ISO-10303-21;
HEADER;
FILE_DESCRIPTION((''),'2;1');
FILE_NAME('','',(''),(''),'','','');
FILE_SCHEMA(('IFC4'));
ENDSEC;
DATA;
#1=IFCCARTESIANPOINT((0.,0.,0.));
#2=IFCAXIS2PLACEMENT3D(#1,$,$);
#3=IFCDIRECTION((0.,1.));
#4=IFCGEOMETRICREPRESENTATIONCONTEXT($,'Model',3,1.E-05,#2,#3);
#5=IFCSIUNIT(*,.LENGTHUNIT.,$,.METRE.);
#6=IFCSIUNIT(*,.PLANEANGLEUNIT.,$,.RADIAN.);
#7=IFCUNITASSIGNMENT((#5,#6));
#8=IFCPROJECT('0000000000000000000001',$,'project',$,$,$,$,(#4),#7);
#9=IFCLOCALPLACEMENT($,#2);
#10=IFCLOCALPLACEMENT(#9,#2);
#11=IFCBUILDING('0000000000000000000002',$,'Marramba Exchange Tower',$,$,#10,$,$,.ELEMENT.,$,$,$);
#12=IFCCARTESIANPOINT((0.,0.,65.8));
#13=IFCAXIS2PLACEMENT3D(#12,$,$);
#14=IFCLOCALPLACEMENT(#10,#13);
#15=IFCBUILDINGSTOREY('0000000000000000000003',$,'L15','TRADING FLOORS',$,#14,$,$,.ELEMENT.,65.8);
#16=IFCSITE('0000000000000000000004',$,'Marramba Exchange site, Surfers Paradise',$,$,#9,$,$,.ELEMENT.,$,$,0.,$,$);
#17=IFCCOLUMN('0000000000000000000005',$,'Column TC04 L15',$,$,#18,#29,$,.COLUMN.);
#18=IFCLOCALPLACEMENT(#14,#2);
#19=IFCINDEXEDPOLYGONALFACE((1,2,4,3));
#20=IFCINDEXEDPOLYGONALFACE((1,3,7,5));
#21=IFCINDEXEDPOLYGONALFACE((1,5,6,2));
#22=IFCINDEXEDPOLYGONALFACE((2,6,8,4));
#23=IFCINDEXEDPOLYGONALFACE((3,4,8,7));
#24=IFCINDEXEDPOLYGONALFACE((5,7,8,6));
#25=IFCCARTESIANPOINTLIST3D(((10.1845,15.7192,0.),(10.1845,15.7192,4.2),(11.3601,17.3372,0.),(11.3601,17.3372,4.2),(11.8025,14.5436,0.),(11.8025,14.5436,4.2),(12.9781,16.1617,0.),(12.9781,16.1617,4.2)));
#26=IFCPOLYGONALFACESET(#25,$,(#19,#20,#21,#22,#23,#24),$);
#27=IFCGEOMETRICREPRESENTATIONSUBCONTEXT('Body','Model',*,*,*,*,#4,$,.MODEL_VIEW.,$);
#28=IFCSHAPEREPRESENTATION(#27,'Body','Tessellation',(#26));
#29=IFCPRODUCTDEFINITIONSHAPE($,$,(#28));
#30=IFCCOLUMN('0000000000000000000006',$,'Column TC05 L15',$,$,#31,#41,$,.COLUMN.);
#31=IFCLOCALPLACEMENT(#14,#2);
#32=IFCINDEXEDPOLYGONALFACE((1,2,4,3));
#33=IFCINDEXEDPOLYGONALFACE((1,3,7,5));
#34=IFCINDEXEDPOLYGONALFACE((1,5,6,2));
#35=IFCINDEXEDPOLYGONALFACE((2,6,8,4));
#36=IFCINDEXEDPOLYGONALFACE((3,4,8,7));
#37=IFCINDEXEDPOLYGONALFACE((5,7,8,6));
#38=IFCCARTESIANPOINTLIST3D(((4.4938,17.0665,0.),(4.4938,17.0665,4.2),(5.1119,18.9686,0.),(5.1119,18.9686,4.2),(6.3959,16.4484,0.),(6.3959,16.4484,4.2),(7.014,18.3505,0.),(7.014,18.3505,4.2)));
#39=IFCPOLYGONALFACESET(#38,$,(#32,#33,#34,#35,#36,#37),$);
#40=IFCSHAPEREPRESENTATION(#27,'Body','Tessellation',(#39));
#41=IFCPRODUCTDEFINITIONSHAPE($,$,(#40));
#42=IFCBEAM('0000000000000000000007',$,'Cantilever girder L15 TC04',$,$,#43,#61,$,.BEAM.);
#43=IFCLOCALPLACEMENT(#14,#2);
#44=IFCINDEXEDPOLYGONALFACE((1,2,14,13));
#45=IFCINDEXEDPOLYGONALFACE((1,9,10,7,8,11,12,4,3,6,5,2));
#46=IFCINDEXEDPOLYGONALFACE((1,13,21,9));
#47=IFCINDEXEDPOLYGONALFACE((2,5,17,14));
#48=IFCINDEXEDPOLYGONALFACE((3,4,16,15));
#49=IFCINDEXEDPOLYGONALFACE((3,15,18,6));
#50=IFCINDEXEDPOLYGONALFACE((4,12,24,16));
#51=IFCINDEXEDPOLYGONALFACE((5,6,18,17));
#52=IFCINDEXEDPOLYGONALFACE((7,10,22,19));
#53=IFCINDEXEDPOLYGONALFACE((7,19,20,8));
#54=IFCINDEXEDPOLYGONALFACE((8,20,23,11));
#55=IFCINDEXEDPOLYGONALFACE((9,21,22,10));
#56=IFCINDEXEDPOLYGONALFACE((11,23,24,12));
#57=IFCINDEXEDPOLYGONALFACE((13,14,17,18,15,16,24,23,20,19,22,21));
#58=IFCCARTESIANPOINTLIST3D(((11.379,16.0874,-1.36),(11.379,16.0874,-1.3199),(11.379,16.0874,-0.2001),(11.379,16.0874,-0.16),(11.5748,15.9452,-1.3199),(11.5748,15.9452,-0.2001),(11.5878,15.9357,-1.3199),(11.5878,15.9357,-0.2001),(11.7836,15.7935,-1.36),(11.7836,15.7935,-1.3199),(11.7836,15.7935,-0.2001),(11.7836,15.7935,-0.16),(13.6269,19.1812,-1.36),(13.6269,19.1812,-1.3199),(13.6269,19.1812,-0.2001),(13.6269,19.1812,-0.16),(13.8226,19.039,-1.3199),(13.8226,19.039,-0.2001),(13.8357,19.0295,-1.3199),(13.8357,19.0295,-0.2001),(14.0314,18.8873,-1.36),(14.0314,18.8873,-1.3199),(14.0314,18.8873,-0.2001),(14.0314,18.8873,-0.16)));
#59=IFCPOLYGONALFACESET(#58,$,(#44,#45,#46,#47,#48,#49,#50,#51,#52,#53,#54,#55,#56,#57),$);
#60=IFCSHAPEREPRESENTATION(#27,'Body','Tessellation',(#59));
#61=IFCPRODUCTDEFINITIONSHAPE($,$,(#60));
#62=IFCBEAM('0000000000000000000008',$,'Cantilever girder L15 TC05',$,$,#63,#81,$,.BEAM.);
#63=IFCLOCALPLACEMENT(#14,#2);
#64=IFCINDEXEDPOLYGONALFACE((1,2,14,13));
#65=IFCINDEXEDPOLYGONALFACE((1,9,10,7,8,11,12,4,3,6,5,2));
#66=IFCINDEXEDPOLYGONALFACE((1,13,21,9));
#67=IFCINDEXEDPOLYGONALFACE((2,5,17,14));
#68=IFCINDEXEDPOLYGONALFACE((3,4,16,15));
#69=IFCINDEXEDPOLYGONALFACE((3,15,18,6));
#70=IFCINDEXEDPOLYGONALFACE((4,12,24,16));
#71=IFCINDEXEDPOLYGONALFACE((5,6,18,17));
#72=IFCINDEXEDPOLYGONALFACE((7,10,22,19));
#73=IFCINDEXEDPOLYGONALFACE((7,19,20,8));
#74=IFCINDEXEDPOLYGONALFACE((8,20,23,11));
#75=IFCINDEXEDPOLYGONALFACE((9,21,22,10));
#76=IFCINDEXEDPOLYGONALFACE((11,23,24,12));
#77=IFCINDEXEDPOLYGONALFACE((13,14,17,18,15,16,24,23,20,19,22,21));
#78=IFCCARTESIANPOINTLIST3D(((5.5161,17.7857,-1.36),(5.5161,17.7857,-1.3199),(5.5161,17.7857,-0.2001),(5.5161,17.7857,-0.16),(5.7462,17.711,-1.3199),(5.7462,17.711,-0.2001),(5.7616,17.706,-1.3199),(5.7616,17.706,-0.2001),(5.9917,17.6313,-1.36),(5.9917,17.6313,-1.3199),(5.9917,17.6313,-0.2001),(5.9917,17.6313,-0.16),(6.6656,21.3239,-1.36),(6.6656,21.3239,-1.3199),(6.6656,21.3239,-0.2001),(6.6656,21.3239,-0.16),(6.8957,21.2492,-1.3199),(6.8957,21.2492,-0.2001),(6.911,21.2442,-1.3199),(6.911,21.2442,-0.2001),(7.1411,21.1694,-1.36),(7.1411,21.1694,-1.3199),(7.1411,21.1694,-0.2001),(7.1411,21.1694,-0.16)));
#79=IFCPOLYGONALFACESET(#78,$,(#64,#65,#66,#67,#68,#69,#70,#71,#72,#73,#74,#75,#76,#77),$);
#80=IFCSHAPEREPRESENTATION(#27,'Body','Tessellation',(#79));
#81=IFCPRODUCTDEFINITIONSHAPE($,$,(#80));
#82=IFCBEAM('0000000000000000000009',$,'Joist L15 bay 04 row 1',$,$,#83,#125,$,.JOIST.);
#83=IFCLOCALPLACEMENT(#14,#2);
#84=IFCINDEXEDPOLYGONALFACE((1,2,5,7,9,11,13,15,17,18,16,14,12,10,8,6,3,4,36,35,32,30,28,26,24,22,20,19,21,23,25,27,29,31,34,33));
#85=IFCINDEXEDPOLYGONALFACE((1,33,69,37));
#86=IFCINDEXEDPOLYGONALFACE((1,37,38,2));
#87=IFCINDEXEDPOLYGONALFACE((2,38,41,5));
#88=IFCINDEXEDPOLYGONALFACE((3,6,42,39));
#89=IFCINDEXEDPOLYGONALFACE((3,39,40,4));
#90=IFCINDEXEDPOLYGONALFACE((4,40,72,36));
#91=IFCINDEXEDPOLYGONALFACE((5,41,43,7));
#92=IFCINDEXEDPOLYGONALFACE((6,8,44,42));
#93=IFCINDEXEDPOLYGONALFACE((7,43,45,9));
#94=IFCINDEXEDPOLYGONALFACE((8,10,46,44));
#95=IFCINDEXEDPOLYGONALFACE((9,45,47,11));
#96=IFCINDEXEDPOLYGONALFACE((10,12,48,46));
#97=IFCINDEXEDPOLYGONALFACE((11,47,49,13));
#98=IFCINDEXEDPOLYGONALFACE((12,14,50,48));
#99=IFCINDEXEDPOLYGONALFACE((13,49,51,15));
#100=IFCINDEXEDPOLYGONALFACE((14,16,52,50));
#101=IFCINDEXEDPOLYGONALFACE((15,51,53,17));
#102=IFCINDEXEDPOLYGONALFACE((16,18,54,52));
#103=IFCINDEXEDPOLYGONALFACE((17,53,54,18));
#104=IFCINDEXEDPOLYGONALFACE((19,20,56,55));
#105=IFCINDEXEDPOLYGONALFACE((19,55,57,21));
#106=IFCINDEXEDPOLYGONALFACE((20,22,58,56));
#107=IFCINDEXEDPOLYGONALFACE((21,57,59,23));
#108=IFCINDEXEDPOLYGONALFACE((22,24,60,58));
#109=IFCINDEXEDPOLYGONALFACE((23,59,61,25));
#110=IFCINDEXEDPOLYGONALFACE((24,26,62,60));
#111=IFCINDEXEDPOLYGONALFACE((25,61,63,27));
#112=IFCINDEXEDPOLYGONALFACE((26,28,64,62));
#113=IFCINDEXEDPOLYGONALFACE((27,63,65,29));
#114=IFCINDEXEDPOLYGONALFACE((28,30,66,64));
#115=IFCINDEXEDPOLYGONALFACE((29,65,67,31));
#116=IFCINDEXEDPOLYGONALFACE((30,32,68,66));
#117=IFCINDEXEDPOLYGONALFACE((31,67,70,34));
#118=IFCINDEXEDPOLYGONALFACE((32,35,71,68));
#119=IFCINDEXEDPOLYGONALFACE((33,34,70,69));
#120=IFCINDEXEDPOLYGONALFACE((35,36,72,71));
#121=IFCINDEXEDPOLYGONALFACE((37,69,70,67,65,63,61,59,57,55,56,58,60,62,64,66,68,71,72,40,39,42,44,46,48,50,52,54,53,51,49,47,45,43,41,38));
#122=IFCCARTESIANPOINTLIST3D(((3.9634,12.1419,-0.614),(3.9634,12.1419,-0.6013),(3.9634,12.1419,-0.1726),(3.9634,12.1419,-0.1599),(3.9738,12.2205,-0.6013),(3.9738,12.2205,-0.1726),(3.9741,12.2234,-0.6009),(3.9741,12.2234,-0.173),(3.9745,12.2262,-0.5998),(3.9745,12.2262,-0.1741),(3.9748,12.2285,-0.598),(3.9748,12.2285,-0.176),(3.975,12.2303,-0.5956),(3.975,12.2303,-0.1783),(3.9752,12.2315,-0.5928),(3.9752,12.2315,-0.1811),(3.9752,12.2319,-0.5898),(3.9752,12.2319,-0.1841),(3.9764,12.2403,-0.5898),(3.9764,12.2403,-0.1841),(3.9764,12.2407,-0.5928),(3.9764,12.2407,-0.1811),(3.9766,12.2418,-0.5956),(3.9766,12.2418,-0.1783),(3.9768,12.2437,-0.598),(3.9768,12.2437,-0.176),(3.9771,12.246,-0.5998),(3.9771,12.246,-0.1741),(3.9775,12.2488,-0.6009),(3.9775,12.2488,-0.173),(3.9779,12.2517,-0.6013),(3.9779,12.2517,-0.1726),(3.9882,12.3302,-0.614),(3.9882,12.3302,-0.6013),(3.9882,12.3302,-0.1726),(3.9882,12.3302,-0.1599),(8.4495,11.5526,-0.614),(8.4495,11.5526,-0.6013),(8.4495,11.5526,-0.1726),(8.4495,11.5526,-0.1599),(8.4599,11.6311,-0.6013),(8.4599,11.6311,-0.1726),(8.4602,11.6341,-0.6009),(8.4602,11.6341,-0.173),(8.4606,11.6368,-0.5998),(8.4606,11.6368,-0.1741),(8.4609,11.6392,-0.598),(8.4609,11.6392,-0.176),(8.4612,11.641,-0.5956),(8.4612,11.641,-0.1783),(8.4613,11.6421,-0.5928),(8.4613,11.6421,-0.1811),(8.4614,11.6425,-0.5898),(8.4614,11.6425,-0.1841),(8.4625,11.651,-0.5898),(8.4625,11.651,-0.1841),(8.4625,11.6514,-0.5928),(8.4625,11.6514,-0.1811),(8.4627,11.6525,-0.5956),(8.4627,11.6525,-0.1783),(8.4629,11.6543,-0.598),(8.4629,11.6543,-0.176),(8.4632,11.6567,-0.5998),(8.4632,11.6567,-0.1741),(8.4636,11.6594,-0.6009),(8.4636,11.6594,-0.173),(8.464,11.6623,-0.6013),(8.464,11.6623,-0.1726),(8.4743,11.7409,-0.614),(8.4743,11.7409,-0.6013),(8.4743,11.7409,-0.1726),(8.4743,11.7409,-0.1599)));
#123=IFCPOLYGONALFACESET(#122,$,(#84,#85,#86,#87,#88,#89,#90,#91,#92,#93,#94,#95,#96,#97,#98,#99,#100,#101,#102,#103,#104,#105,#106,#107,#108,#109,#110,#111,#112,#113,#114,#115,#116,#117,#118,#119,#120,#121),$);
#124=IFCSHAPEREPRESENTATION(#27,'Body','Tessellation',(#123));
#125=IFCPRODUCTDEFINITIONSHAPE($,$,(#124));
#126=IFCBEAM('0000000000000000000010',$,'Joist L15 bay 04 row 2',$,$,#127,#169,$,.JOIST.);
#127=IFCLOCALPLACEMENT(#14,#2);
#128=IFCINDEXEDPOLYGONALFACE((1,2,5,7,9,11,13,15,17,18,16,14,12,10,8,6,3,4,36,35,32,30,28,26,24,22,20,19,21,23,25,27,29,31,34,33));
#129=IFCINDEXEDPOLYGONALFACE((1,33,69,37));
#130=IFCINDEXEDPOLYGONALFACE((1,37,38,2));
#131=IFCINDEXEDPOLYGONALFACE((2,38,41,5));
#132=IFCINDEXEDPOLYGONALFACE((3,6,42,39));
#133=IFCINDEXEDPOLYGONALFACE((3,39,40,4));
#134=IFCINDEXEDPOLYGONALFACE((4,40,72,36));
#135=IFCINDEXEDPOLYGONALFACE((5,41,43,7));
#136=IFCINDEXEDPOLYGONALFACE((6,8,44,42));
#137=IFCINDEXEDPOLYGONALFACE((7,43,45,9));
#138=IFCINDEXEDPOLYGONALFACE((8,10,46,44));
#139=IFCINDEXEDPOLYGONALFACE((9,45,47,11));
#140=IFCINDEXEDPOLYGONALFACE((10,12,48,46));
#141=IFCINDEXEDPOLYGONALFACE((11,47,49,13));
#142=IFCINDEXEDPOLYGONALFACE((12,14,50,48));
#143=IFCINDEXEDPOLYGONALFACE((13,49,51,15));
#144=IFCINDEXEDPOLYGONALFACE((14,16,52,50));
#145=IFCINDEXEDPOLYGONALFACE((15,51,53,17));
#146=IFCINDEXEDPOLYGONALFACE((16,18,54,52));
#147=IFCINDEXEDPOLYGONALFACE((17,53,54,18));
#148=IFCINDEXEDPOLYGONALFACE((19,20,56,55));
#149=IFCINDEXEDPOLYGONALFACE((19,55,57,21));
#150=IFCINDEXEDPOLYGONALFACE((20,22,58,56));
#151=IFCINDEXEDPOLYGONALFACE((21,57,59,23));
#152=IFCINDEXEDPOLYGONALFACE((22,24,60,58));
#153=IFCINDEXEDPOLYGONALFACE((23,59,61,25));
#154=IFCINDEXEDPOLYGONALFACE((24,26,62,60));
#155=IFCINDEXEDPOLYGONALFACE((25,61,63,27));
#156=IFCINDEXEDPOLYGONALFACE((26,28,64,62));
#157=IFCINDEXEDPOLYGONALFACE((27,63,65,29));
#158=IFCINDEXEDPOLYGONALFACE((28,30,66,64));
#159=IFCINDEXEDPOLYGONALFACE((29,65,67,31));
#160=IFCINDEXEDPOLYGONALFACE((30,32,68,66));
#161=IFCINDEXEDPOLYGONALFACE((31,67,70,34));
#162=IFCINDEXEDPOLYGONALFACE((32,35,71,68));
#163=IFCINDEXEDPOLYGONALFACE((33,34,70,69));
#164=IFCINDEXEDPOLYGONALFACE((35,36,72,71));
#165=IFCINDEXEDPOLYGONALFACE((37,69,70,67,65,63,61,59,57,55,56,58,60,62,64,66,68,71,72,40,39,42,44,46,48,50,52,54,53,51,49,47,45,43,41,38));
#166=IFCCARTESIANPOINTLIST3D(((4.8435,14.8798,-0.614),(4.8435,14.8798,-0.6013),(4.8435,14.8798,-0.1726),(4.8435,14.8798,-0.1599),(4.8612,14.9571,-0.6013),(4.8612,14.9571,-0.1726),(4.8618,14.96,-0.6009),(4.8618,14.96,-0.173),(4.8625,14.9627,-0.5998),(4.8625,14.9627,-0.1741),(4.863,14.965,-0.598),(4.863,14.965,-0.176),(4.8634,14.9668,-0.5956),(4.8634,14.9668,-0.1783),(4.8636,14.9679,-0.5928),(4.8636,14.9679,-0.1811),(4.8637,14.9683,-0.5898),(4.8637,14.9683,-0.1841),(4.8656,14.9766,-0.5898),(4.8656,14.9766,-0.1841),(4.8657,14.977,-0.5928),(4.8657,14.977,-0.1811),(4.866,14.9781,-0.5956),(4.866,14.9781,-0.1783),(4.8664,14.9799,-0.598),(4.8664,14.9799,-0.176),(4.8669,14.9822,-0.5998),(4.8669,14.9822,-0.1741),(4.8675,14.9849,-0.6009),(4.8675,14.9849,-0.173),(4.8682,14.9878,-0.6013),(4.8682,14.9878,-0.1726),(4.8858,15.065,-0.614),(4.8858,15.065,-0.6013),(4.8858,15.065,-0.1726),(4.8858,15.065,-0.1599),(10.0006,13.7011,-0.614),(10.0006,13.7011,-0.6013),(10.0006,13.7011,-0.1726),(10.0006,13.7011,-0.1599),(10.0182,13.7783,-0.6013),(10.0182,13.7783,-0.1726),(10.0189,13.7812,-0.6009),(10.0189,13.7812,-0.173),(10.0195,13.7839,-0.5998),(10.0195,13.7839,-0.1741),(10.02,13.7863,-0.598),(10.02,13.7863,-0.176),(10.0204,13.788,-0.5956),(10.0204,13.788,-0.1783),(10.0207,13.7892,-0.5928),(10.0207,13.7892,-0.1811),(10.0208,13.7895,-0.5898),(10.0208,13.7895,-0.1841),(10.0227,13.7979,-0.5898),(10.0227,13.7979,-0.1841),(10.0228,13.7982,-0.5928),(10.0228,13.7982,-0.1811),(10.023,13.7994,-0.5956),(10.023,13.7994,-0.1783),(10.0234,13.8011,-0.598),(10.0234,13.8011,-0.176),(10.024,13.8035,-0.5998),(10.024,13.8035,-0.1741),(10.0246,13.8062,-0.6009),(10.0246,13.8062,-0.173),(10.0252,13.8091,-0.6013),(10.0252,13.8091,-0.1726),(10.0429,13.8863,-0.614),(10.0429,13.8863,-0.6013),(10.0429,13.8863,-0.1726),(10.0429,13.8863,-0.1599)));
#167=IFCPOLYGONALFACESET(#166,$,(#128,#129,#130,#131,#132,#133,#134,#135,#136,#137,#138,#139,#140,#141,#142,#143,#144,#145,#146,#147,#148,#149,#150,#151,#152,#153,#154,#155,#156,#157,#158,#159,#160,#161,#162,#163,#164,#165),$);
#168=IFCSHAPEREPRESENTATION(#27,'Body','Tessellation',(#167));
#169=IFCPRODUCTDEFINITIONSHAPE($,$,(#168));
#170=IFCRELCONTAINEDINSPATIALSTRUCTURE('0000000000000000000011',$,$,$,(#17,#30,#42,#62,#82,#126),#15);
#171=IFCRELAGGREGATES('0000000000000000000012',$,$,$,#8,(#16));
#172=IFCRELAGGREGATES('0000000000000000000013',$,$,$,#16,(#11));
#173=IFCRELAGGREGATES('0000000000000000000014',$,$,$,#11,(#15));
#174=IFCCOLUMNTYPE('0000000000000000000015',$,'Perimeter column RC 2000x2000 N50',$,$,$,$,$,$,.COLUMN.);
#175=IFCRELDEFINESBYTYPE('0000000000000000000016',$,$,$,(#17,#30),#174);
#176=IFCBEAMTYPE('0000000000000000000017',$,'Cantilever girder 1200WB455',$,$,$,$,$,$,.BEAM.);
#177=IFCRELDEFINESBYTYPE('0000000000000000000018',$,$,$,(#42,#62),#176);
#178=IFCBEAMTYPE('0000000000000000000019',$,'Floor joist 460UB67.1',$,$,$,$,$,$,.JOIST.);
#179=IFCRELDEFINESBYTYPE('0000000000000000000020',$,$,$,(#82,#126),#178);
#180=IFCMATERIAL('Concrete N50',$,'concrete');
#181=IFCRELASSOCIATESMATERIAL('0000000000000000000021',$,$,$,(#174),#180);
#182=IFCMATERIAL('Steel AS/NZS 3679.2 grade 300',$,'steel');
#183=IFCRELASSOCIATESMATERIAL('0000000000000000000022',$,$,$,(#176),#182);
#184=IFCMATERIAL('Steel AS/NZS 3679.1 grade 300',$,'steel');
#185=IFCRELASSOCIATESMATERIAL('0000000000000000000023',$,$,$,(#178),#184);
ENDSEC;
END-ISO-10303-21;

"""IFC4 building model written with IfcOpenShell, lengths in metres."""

from ifc_helpers import new_model, si_unit, direction, frame, origin, origin_2d, place, context, subcontext, project, spatial, rectangle, i_section, extrude, material, material_profile, profile_set, type_object, element, save


model = new_model("IFC4")

# Units and contexts
model_context = context("Model", 3, precision=1e-05, world=origin(), true_north=direction((0.0, 1.0)))
body_context = subcontext(model_context, "Body", "Model", "MODEL_VIEW")
ifc_project = project(units=[si_unit("LENGTHUNIT", "METRE"), si_unit("PLANEANGLEUNIT", "RADIAN")], contexts=[model_context])

# Site, building, storey
site_placement = place(None, origin())
site = spatial("IfcSite", under=ifc_project, at=site_placement, Name="Marramba Exchange site, Surfers Paradise", CompositionType="ELEMENT", RefElevation=0.0)
building_placement = place(site_placement, origin())
building = spatial("IfcBuilding", under=site, at=building_placement, Name="Marramba Exchange Tower", CompositionType="ELEMENT")
storey_placement = place(building_placement, frame((0.0, 0.0, 65.8)))
storey = spatial("IfcBuildingStorey", under=building, at=storey_placement, Name="L15", Description="TRADING FLOORS", CompositionType="ELEMENT", Elevation=65.8)

# Columns
ifc_material_1 = material(Name="Concrete N50", Category="concrete")
ifc_material_profile_1 = material_profile(ifc_material_1, rectangle(XDim=2.0, YDim=2.0, at=origin_2d()), Name="RC 2000x2000")
ifc_profile_set_1 = profile_set([ifc_material_profile_1], Name="Concrete N50")
column_type = type_object("IfcColumnType", Name="Perimeter column RC 2000x2000 N50", PredefinedType="COLUMN", material=ifc_profile_set_1)
for number, where, z_axis, x_axis, name in (
    (1, (11.5813, 15.9404, 0.0), (0.0, 0.0, 1.0), (0.587785, 0.809017, 0.0), "Column TC04 L15"),
    (2, (5.7539, 17.7085, 0.0), (0.0, 0.0, 1.0), (0.309017, 0.951057, 0.0), "Column TC05 L15"),
):
    element("IfcColumn", number, at=place(storey_placement, frame(where, z_axis=z_axis, x_axis=x_axis)), inside=storey, type_object=column_type, Name=name, PredefinedType="COLUMN", context=body_context, shape_type="SweptSolid", body=[
        extrude(rectangle(XDim=2.0, YDim=2.0, at=origin_2d()), origin(), (0.0, 0.0, 1.0), 4.2),
    ])

# Beams
ifc_material_2 = material(Name="Steel AS/NZS 3679.2 grade 300", Category="steel")
ifc_material_profile_2 = material_profile(ifc_material_2, i_section(OverallWidth=0.5, OverallDepth=1.2, WebThickness=0.0161, FlangeThickness=0.04, at=origin_2d()), Name="1200WB455")
ifc_profile_set_2 = profile_set([ifc_material_profile_2], Name="Steel AS/NZS 3679.2 grade 300")
beam_type_1 = type_object("IfcBeamType", Name="Cantilever girder 1200WB455", PredefinedType="BEAM", material=ifc_profile_set_2)
beam_1_placement = place(storey_placement, frame((11.5813, 15.9404, -0.76), z_axis=(0.587796, 0.809009, 0.0), x_axis=(-0.809009, 0.587796, 0.0)))
element("IfcBeam", 3, at=beam_1_placement, inside=storey, type_object=beam_type_1, Name="Cantilever girder L15 TC04", PredefinedType="BEAM", context=body_context, shape_type="SweptSolid", body=[
    extrude(i_section(OverallWidth=0.5, OverallDepth=1.2, WebThickness=0.0161, FlangeThickness=0.04, at=origin_2d()), origin(), (0.0, 0.0, 1.0), 3.8242),
])
beam_2_placement = place(storey_placement, frame((5.7539, 17.7085, -0.76), z_axis=(0.308973, 0.951071, 0.0), x_axis=(-0.951071, 0.308973, 0.0)))
element("IfcBeam", 4, at=beam_2_placement, inside=storey, type_object=beam_type_1, Name="Cantilever girder L15 TC05", PredefinedType="BEAM", context=body_context, shape_type="SweptSolid", body=[
    extrude(i_section(OverallWidth=0.5, OverallDepth=1.2, WebThickness=0.0161, FlangeThickness=0.04, at=origin_2d()), origin(), (0.0, 0.0, 1.0), 3.7202),
])
ifc_material_3 = material(Name="Steel AS/NZS 3679.1 grade 300", Category="steel")
ifc_material_profile_3 = material_profile(ifc_material_3, i_section(OverallWidth=0.1899, OverallDepth=0.4541, WebThickness=0.0085, FlangeThickness=0.0127, FilletRadius=0.0115, at=origin_2d()), Name="460UB67.1")
ifc_profile_set_3 = profile_set([ifc_material_profile_3], Name="Steel AS/NZS 3679.1 grade 300")
beam_type_2 = type_object("IfcBeamType", Name="Floor joist 460UB67.1", PredefinedType="JOIST", material=ifc_profile_set_3)
beam_3_placement = place(storey_placement, frame((8.4619, 11.6467, -0.387), z_axis=(-0.991481, 0.130255, 0.0), x_axis=(-0.130255, -0.991481, 0.0)))
element("IfcBeam", 5, at=beam_3_placement, inside=storey, type_object=beam_type_2, Name="Joist L15 bay 04 row 1", PredefinedType="JOIST", context=body_context, shape_type="SweptSolid", body=[
    extrude(i_section(OverallWidth=0.1899, OverallDepth=0.4541, WebThickness=0.0085, FlangeThickness=0.0127, FilletRadius=0.0115, at=origin_2d()), origin(), (0.0, 0.0, 1.0), 4.5247),
])
beam_4_placement = place(storey_placement, frame((10.0217, 13.7937, -0.387), z_axis=(-0.97486, 0.22282, 0.0), x_axis=(-0.22282, -0.97486, 0.0)))
element("IfcBeam", 6, at=beam_4_placement, inside=storey, type_object=beam_type_2, Name="Joist L15 bay 04 row 2", PredefinedType="JOIST", context=body_context, shape_type="SweptSolid", body=[
    extrude(i_section(OverallWidth=0.1899, OverallDepth=0.4541, WebThickness=0.0085, FlangeThickness=0.0127, FilletRadius=0.0115, at=origin_2d()), origin(), (0.0, 0.0, 1.0), 5.29),
])

save(model, "model.ifc")
